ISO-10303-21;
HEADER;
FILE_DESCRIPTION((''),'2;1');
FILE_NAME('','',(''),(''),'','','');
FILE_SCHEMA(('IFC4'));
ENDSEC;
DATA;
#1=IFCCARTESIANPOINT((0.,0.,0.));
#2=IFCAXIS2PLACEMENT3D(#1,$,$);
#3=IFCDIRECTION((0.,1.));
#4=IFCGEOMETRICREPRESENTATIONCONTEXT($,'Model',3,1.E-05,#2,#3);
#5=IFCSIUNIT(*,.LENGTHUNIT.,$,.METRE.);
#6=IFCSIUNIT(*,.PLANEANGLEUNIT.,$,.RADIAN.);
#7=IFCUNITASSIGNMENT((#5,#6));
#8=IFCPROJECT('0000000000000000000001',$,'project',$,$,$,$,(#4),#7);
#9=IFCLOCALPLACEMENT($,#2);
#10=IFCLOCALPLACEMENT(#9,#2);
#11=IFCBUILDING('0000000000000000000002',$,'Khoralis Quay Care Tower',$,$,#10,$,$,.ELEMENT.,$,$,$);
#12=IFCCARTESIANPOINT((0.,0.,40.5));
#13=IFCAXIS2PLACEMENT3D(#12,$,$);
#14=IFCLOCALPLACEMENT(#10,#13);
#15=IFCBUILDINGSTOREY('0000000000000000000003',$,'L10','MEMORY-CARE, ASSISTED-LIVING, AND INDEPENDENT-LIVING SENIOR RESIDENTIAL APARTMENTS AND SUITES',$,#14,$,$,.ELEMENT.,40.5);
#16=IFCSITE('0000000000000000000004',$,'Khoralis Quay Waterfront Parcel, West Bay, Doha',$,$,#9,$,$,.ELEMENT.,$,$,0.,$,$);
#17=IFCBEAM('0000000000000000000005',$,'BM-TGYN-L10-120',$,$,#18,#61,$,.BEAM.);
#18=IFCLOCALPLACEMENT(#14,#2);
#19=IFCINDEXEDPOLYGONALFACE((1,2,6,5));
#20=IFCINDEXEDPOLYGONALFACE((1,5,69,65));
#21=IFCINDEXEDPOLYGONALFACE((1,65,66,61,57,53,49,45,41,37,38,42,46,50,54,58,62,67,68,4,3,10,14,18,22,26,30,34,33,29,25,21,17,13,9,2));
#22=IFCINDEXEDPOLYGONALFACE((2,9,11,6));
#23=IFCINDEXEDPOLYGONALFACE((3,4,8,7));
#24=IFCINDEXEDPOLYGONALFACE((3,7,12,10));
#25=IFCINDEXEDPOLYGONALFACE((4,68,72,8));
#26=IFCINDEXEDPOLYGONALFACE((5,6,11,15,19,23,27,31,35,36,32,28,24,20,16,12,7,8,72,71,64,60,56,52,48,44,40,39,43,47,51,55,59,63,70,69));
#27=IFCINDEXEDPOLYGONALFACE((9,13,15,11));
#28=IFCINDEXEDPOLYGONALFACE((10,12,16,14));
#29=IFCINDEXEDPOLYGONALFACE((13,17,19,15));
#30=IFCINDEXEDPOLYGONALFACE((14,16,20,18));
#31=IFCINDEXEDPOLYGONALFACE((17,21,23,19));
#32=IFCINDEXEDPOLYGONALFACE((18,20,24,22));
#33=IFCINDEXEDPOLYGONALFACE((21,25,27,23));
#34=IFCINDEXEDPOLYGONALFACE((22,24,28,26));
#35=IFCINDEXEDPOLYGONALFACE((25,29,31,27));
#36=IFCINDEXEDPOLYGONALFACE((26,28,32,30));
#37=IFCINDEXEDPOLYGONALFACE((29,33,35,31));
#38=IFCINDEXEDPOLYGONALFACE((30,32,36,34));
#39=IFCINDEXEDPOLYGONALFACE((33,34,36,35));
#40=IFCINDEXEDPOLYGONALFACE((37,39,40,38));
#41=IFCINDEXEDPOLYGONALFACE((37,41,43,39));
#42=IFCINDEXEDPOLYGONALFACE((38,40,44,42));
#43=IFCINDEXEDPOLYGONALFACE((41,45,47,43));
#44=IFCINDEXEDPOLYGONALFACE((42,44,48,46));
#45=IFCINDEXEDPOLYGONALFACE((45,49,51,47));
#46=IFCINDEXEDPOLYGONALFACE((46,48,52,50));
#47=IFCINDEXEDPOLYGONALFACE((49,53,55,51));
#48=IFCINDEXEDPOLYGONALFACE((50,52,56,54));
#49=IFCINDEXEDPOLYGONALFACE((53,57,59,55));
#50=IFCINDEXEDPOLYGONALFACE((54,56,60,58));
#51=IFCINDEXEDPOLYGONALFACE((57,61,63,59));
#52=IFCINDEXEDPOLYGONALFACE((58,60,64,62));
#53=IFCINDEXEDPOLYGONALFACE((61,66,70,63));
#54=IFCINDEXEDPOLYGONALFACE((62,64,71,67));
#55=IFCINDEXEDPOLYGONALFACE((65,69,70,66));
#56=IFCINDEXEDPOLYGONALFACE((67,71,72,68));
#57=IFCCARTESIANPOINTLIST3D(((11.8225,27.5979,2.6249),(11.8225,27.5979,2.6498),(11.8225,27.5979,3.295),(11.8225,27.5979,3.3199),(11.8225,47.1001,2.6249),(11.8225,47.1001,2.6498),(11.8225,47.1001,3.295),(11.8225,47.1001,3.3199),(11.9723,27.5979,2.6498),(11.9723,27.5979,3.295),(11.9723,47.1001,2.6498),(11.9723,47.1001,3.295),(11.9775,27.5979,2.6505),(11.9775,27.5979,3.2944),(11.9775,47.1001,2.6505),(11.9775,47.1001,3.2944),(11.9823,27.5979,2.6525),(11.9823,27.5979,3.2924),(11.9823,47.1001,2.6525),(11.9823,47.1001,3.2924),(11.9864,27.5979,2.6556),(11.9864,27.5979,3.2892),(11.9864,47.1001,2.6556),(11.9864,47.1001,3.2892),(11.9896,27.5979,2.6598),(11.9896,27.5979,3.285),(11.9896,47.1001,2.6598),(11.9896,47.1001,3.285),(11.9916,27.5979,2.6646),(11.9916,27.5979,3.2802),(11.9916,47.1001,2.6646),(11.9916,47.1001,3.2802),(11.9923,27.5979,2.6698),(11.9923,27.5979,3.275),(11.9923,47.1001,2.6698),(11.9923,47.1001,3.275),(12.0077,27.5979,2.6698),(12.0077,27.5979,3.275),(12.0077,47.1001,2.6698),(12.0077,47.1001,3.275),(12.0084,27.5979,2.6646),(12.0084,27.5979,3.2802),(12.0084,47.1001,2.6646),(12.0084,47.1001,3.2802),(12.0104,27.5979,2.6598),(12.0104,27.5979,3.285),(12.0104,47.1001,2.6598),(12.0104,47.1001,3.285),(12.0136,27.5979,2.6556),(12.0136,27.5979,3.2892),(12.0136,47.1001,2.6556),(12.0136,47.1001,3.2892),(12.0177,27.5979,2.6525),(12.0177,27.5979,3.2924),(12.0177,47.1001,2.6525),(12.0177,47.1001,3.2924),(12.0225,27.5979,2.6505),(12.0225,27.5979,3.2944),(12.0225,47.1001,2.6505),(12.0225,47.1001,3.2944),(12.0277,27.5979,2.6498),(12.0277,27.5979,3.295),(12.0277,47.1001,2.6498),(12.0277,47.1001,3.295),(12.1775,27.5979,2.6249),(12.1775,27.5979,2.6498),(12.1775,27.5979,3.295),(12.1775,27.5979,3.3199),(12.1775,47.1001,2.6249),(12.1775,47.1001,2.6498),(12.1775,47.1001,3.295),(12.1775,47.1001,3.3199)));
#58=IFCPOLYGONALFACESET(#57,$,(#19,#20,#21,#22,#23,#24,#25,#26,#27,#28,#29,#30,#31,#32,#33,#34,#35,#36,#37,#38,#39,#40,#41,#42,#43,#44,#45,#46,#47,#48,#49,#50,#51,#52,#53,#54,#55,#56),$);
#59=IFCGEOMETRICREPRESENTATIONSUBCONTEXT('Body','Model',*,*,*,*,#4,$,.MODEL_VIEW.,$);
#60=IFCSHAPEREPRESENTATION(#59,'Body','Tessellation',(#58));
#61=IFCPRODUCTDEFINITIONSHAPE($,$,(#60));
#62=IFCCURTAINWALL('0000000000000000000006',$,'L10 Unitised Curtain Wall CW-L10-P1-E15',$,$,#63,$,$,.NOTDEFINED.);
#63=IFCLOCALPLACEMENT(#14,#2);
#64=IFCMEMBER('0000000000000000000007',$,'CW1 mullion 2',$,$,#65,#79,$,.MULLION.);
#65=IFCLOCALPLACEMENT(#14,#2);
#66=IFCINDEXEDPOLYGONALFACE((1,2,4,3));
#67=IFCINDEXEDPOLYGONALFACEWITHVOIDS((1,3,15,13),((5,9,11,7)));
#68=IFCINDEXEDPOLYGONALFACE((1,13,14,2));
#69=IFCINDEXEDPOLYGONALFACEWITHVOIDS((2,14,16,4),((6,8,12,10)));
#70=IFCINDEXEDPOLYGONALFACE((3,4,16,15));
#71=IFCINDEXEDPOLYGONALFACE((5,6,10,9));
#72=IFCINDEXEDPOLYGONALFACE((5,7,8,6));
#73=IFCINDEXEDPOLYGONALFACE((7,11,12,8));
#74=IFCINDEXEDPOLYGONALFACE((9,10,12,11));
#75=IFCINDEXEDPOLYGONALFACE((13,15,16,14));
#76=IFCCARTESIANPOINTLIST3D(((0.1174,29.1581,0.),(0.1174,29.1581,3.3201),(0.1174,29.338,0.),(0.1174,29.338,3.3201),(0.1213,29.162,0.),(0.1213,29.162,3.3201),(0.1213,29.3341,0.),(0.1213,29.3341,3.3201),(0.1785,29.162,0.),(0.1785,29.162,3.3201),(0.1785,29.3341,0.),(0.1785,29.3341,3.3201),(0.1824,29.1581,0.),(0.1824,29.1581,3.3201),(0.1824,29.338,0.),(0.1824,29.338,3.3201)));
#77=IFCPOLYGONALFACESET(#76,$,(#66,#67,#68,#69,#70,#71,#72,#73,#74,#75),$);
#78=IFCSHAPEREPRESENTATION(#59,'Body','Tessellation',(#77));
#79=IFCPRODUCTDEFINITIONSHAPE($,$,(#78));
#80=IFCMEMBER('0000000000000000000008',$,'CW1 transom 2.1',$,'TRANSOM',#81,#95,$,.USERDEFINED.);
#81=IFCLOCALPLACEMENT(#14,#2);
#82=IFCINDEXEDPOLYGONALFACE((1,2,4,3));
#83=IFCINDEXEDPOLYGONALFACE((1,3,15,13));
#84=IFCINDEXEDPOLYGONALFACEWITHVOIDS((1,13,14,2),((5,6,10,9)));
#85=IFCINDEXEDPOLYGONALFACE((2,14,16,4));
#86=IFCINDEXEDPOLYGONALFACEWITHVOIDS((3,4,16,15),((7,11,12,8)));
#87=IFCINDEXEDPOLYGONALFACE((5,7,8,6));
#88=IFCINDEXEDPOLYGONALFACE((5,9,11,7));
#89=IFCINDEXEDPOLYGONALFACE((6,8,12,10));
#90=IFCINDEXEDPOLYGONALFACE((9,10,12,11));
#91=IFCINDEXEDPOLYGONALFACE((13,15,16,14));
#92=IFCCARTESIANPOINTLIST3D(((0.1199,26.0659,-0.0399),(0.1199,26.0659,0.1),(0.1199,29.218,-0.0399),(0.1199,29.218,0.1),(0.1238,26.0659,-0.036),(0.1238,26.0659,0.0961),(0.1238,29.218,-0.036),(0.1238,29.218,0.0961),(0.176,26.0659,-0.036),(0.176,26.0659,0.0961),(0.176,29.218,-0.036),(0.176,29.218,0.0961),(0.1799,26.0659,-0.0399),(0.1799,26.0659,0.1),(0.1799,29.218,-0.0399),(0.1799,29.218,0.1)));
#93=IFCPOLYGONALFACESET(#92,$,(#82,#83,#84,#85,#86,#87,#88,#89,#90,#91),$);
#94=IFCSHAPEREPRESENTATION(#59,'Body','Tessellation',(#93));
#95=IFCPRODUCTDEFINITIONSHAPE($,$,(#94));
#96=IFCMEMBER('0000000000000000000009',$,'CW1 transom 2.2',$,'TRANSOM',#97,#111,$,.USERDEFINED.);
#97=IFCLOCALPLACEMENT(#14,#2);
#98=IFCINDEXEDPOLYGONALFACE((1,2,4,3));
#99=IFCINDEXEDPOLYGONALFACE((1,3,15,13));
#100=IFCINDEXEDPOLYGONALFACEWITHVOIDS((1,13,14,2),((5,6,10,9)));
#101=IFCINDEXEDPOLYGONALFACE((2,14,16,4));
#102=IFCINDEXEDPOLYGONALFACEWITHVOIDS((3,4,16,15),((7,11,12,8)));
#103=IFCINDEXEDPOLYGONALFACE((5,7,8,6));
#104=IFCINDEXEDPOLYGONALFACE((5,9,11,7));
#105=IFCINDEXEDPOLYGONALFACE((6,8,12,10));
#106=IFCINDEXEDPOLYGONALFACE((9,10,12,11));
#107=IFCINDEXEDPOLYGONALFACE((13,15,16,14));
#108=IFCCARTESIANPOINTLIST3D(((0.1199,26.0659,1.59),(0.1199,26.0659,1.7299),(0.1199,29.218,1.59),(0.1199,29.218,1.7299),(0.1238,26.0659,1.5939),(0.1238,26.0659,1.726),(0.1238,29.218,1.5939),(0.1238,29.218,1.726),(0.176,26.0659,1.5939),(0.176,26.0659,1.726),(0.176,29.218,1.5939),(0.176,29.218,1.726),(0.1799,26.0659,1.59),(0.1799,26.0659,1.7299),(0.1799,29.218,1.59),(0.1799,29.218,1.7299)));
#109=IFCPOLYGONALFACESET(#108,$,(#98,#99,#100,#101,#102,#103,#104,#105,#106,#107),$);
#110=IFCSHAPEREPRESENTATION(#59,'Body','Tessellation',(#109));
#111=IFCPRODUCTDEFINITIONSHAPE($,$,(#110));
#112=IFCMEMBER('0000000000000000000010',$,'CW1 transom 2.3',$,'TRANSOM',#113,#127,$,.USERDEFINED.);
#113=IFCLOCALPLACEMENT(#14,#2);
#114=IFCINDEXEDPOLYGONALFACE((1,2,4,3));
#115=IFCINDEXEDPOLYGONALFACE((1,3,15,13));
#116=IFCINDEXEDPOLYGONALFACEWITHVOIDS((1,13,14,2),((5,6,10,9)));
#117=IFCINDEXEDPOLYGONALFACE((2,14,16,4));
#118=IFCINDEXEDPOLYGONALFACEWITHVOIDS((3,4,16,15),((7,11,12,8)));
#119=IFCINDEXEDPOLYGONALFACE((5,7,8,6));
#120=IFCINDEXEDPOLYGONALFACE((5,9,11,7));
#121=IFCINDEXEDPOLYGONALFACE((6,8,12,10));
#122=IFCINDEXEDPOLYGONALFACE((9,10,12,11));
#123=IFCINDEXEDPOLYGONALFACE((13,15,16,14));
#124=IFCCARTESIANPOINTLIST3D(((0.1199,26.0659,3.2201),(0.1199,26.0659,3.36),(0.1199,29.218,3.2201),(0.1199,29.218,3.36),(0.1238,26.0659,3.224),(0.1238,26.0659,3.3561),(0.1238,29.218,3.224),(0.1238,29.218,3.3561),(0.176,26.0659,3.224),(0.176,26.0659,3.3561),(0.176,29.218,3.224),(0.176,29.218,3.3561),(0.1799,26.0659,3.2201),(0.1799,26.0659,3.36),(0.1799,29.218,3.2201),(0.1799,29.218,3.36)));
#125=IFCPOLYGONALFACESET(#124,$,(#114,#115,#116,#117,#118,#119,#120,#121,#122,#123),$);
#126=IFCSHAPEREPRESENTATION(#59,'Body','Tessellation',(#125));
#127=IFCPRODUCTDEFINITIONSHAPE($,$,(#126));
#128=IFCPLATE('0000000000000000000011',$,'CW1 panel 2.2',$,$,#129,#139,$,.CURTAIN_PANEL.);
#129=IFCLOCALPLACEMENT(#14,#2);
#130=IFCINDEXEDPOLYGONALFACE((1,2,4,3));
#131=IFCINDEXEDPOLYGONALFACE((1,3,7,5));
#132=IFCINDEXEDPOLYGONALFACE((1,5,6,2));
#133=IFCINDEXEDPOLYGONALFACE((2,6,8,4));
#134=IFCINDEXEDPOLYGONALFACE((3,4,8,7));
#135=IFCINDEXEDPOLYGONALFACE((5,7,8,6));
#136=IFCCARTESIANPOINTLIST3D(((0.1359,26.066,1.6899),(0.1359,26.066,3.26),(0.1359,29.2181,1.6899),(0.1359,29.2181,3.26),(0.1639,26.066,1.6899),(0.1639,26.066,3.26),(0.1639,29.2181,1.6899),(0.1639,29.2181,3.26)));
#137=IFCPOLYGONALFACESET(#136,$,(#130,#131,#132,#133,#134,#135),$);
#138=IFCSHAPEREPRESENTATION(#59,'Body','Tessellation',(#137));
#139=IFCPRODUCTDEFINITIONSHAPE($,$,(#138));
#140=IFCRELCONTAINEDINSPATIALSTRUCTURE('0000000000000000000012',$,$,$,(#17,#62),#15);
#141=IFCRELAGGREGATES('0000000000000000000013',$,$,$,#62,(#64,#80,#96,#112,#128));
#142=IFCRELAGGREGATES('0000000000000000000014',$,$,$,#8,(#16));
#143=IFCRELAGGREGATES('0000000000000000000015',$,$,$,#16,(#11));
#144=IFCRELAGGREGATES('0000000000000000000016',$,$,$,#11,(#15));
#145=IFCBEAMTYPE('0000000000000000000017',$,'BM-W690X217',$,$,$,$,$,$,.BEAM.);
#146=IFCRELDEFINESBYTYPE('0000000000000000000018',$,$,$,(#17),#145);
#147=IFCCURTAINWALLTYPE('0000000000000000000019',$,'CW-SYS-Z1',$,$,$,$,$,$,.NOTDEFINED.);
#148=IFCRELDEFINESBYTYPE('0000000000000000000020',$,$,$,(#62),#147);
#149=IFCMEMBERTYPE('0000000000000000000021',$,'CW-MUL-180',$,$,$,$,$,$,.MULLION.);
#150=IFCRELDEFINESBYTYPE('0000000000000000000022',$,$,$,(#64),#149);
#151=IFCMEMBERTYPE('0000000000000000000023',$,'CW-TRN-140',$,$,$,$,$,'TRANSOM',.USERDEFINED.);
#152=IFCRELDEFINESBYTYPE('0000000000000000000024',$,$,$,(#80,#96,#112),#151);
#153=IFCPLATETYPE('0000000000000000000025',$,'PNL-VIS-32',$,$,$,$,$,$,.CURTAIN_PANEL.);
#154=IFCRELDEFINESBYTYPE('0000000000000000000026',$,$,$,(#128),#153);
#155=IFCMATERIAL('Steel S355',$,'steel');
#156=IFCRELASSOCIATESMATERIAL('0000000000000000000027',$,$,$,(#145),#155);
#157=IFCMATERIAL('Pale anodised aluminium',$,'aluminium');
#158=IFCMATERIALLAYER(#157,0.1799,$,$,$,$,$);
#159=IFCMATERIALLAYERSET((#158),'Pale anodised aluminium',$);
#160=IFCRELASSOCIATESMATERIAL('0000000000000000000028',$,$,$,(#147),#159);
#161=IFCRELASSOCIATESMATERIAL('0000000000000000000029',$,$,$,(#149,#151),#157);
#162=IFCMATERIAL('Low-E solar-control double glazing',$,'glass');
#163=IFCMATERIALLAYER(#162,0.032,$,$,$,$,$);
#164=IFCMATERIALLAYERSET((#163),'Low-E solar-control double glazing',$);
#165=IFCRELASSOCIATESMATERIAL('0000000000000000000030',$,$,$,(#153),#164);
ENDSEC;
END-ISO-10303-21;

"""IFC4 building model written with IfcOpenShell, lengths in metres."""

from ifc_helpers import new_model, si_unit, direction, frame, origin, origin_2d, place, context, subcontext, project, spatial, rectangle, hollow_rectangle, i_section, extrude, source, transform, mapped, material, layer, layer_set, material_profile, profile_set, type_object, element, aggregate, save


model = new_model("IFC4")

# Units and contexts
model_context = context("Model", 3, precision=1e-05, world=origin(), true_north=direction((0.0, 1.0)))
body_context = subcontext(model_context, "Body", "Model", "MODEL_VIEW")
ifc_project = project(units=[si_unit("LENGTHUNIT", "METRE"), si_unit("PLANEANGLEUNIT", "RADIAN")], contexts=[model_context])

# Site, building, storey
site_placement = place(None, origin())
site = spatial("IfcSite", under=ifc_project, at=site_placement, Name="Khoralis Quay Waterfront Parcel, West Bay, Doha", CompositionType="ELEMENT", RefElevation=0.0)
building_placement = place(site_placement, origin())
building = spatial("IfcBuilding", under=site, at=building_placement, Name="Khoralis Quay Care Tower", CompositionType="ELEMENT")
storey_placement = place(building_placement, frame((0.0, 0.0, 40.5)))
storey = spatial("IfcBuildingStorey", under=building, at=storey_placement, Name="L10", Description="MEMORY-CARE, ASSISTED-LIVING, AND INDEPENDENT-LIVING SENIOR RESIDENTIAL APARTMENTS AND SUITES", CompositionType="ELEMENT", Elevation=40.5)

# Beam
ifc_material_1 = material(Name="Steel S355", Category="steel")
ifc_material_profile_1 = material_profile(ifc_material_1, i_section(OverallWidth=0.355, OverallDepth=0.6951, WebThickness=0.0154, FlangeThickness=0.0249, FilletRadius=0.02, at=origin_2d()), Name="Steel S355")
ifc_profile_set_1 = profile_set([ifc_material_profile_1], Name="Steel S355")
beam_type_1 = type_object("IfcBeamType", Name="BM-W690X217", PredefinedType="BEAM", material=ifc_profile_set_1)
shared_shape_1 = source(origin(), body_context, "Body", "SweptSolid", [
    extrude(i_section(OverallWidth=0.355, OverallDepth=0.6951, WebThickness=0.0154, FlangeThickness=0.0249, FilletRadius=0.02, at=origin_2d()), origin(), (0.0, 0.0, 1.0), 19.5022),
])
beam_1_placement = place(storey_placement, frame((12.0, 27.5979, 2.9724), z_axis=(0.0, 1.0, 0.0), x_axis=(-1.0, 0.0, 0.0)))
element("IfcBeam", 1, at=beam_1_placement, inside=storey, type_object=beam_type_1, Name="BM-TGYN-L10-120", PredefinedType="BEAM", context=body_context, shape_type="MappedRepresentation", body=[
    mapped(shared_shape_1, transform((0.0, 0.0, 0.0), scale=1.0)),
])

# Curtain wall, members, plate
ifc_material_2 = material(Name="Pale anodised aluminium", Category="aluminium")
ifc_layer_1 = layer(ifc_material_2, 0.1799)
ifc_layer_set_1 = layer_set([ifc_layer_1], Name="Pale anodised aluminium")
curtain_wall_type = type_object("IfcCurtainWallType", Name="CW-SYS-Z1", PredefinedType="NOTDEFINED", material=ifc_layer_set_1)
curtain_wall_placement = place(storey_placement, origin())
curtain_wall = element("IfcCurtainWall", 2, at=curtain_wall_placement, inside=storey, type_object=curtain_wall_type, Name="L10 Unitised Curtain Wall CW-L10-P1-E15", PredefinedType="NOTDEFINED")
ifc_material_profile_2 = material_profile(ifc_material_2, hollow_rectangle(XDim=0.0649, YDim=0.1799, WallThickness=0.0039, at=origin_2d()), Name="Pale anodised aluminium")
ifc_profile_set_2 = profile_set([ifc_material_profile_2], Name="Pale anodised aluminium")
member_type_1 = type_object("IfcMemberType", Name="CW-MUL-180", PredefinedType="MULLION", material=ifc_profile_set_2)
shared_shape_2 = source(origin(), body_context, "Body", "SweptSolid", [
    extrude(hollow_rectangle(XDim=0.0649, YDim=0.1799, WallThickness=0.0039, at=origin_2d()), origin(), (0.0, 0.0, 1.0), 3.3201),
])
member_1_placement = place(storey_placement, frame((0.1499, 29.248, 0.0), z_axis=(0.0, 0.0, 1.0), x_axis=(1.0, 0.0, 0.0)))
member_1 = element("IfcMember", 3, at=member_1_placement, type_object=member_type_1, Name="CW1 mullion 2", PredefinedType="MULLION", context=body_context, shape_type="MappedRepresentation", body=[
    mapped(shared_shape_2, transform((0.0, 0.0, 0.0), scale=1.0)),
])
ifc_material_profile_3 = material_profile(ifc_material_2, hollow_rectangle(XDim=0.0601, YDim=0.1399, WallThickness=0.0039, at=origin_2d()), Name="Pale anodised aluminium")
ifc_profile_set_3 = profile_set([ifc_material_profile_3], Name="Pale anodised aluminium")
member_type_2 = type_object("IfcMemberType", Name="CW-TRN-140", ElementType="TRANSOM", PredefinedType="USERDEFINED", material=ifc_profile_set_3)
shared_shape_3 = source(origin(), body_context, "Body", "SweptSolid", [
    extrude(hollow_rectangle(XDim=0.0601, YDim=0.1399, WallThickness=0.0039, at=origin_2d()), origin(), (0.0, 0.0, 1.0), 3.1521),
])
member_2_placement = place(storey_placement, frame((0.1499, 29.218, 0.03), z_axis=(0.0, -1.0, 0.0), x_axis=(1.0, 0.0, 0.0)))
member_2 = element("IfcMember", 4, at=member_2_placement, type_object=member_type_2, Name="CW1 transom 2.1", ObjectType="TRANSOM", PredefinedType="USERDEFINED", context=body_context, shape_type="MappedRepresentation", body=[
    mapped(shared_shape_3, transform((0.0, 0.0, 0.0), scale=1.0)),
])
member_3_placement = place(storey_placement, frame((0.1499, 29.218, 1.6599), z_axis=(0.0, -1.0, 0.0), x_axis=(1.0, 0.0, 0.0)))
member_3 = element("IfcMember", 5, at=member_3_placement, type_object=member_type_2, Name="CW1 transom 2.2", ObjectType="TRANSOM", PredefinedType="USERDEFINED", context=body_context, shape_type="MappedRepresentation", body=[
    mapped(shared_shape_3, transform((0.0, 0.0, 0.0), scale=1.0)),
])
member_4_placement = place(storey_placement, frame((0.1499, 29.218, 3.29), z_axis=(0.0, -1.0, 0.0), x_axis=(1.0, 0.0, 0.0)))
member_4 = element("IfcMember", 6, at=member_4_placement, type_object=member_type_2, Name="CW1 transom 2.3", ObjectType="TRANSOM", PredefinedType="USERDEFINED", context=body_context, shape_type="MappedRepresentation", body=[
    mapped(shared_shape_3, transform((0.0, 0.0, 0.0), scale=1.0)),
])
ifc_material_3 = material(Name="Low-E solar-control double glazing", Category="glass")
ifc_layer_2 = layer(ifc_material_3, 0.032)
ifc_layer_set_2 = layer_set([ifc_layer_2], Name="Low-E solar-control double glazing")
plate_type = type_object("IfcPlateType", Name="PNL-VIS-32", PredefinedType="CURTAIN_PANEL", material=ifc_layer_set_2)
shared_shape_4 = source(origin(), body_context, "Body", "SweptSolid", [
    extrude(rectangle(XDim=3.1521, YDim=0.0281, at=origin_2d()), origin(), (0.0, 0.0, 1.0), 1.5701),
])
plate_placement = place(storey_placement, frame((0.1499, 27.6421, 1.6899), z_axis=(0.0, 0.0, 1.0), x_axis=(0.0, -1.0, 0.0)))
plate = element("IfcPlate", 7, at=plate_placement, type_object=plate_type, Name="CW1 panel 2.2", PredefinedType="CURTAIN_PANEL", context=body_context, shape_type="MappedRepresentation", body=[
    mapped(shared_shape_4, transform((0.0, 0.0, 0.0), scale=1.0)),
])
aggregate(curtain_wall, [member_1, member_2, member_3, member_4, plate])

save(model, "model.ifc")
